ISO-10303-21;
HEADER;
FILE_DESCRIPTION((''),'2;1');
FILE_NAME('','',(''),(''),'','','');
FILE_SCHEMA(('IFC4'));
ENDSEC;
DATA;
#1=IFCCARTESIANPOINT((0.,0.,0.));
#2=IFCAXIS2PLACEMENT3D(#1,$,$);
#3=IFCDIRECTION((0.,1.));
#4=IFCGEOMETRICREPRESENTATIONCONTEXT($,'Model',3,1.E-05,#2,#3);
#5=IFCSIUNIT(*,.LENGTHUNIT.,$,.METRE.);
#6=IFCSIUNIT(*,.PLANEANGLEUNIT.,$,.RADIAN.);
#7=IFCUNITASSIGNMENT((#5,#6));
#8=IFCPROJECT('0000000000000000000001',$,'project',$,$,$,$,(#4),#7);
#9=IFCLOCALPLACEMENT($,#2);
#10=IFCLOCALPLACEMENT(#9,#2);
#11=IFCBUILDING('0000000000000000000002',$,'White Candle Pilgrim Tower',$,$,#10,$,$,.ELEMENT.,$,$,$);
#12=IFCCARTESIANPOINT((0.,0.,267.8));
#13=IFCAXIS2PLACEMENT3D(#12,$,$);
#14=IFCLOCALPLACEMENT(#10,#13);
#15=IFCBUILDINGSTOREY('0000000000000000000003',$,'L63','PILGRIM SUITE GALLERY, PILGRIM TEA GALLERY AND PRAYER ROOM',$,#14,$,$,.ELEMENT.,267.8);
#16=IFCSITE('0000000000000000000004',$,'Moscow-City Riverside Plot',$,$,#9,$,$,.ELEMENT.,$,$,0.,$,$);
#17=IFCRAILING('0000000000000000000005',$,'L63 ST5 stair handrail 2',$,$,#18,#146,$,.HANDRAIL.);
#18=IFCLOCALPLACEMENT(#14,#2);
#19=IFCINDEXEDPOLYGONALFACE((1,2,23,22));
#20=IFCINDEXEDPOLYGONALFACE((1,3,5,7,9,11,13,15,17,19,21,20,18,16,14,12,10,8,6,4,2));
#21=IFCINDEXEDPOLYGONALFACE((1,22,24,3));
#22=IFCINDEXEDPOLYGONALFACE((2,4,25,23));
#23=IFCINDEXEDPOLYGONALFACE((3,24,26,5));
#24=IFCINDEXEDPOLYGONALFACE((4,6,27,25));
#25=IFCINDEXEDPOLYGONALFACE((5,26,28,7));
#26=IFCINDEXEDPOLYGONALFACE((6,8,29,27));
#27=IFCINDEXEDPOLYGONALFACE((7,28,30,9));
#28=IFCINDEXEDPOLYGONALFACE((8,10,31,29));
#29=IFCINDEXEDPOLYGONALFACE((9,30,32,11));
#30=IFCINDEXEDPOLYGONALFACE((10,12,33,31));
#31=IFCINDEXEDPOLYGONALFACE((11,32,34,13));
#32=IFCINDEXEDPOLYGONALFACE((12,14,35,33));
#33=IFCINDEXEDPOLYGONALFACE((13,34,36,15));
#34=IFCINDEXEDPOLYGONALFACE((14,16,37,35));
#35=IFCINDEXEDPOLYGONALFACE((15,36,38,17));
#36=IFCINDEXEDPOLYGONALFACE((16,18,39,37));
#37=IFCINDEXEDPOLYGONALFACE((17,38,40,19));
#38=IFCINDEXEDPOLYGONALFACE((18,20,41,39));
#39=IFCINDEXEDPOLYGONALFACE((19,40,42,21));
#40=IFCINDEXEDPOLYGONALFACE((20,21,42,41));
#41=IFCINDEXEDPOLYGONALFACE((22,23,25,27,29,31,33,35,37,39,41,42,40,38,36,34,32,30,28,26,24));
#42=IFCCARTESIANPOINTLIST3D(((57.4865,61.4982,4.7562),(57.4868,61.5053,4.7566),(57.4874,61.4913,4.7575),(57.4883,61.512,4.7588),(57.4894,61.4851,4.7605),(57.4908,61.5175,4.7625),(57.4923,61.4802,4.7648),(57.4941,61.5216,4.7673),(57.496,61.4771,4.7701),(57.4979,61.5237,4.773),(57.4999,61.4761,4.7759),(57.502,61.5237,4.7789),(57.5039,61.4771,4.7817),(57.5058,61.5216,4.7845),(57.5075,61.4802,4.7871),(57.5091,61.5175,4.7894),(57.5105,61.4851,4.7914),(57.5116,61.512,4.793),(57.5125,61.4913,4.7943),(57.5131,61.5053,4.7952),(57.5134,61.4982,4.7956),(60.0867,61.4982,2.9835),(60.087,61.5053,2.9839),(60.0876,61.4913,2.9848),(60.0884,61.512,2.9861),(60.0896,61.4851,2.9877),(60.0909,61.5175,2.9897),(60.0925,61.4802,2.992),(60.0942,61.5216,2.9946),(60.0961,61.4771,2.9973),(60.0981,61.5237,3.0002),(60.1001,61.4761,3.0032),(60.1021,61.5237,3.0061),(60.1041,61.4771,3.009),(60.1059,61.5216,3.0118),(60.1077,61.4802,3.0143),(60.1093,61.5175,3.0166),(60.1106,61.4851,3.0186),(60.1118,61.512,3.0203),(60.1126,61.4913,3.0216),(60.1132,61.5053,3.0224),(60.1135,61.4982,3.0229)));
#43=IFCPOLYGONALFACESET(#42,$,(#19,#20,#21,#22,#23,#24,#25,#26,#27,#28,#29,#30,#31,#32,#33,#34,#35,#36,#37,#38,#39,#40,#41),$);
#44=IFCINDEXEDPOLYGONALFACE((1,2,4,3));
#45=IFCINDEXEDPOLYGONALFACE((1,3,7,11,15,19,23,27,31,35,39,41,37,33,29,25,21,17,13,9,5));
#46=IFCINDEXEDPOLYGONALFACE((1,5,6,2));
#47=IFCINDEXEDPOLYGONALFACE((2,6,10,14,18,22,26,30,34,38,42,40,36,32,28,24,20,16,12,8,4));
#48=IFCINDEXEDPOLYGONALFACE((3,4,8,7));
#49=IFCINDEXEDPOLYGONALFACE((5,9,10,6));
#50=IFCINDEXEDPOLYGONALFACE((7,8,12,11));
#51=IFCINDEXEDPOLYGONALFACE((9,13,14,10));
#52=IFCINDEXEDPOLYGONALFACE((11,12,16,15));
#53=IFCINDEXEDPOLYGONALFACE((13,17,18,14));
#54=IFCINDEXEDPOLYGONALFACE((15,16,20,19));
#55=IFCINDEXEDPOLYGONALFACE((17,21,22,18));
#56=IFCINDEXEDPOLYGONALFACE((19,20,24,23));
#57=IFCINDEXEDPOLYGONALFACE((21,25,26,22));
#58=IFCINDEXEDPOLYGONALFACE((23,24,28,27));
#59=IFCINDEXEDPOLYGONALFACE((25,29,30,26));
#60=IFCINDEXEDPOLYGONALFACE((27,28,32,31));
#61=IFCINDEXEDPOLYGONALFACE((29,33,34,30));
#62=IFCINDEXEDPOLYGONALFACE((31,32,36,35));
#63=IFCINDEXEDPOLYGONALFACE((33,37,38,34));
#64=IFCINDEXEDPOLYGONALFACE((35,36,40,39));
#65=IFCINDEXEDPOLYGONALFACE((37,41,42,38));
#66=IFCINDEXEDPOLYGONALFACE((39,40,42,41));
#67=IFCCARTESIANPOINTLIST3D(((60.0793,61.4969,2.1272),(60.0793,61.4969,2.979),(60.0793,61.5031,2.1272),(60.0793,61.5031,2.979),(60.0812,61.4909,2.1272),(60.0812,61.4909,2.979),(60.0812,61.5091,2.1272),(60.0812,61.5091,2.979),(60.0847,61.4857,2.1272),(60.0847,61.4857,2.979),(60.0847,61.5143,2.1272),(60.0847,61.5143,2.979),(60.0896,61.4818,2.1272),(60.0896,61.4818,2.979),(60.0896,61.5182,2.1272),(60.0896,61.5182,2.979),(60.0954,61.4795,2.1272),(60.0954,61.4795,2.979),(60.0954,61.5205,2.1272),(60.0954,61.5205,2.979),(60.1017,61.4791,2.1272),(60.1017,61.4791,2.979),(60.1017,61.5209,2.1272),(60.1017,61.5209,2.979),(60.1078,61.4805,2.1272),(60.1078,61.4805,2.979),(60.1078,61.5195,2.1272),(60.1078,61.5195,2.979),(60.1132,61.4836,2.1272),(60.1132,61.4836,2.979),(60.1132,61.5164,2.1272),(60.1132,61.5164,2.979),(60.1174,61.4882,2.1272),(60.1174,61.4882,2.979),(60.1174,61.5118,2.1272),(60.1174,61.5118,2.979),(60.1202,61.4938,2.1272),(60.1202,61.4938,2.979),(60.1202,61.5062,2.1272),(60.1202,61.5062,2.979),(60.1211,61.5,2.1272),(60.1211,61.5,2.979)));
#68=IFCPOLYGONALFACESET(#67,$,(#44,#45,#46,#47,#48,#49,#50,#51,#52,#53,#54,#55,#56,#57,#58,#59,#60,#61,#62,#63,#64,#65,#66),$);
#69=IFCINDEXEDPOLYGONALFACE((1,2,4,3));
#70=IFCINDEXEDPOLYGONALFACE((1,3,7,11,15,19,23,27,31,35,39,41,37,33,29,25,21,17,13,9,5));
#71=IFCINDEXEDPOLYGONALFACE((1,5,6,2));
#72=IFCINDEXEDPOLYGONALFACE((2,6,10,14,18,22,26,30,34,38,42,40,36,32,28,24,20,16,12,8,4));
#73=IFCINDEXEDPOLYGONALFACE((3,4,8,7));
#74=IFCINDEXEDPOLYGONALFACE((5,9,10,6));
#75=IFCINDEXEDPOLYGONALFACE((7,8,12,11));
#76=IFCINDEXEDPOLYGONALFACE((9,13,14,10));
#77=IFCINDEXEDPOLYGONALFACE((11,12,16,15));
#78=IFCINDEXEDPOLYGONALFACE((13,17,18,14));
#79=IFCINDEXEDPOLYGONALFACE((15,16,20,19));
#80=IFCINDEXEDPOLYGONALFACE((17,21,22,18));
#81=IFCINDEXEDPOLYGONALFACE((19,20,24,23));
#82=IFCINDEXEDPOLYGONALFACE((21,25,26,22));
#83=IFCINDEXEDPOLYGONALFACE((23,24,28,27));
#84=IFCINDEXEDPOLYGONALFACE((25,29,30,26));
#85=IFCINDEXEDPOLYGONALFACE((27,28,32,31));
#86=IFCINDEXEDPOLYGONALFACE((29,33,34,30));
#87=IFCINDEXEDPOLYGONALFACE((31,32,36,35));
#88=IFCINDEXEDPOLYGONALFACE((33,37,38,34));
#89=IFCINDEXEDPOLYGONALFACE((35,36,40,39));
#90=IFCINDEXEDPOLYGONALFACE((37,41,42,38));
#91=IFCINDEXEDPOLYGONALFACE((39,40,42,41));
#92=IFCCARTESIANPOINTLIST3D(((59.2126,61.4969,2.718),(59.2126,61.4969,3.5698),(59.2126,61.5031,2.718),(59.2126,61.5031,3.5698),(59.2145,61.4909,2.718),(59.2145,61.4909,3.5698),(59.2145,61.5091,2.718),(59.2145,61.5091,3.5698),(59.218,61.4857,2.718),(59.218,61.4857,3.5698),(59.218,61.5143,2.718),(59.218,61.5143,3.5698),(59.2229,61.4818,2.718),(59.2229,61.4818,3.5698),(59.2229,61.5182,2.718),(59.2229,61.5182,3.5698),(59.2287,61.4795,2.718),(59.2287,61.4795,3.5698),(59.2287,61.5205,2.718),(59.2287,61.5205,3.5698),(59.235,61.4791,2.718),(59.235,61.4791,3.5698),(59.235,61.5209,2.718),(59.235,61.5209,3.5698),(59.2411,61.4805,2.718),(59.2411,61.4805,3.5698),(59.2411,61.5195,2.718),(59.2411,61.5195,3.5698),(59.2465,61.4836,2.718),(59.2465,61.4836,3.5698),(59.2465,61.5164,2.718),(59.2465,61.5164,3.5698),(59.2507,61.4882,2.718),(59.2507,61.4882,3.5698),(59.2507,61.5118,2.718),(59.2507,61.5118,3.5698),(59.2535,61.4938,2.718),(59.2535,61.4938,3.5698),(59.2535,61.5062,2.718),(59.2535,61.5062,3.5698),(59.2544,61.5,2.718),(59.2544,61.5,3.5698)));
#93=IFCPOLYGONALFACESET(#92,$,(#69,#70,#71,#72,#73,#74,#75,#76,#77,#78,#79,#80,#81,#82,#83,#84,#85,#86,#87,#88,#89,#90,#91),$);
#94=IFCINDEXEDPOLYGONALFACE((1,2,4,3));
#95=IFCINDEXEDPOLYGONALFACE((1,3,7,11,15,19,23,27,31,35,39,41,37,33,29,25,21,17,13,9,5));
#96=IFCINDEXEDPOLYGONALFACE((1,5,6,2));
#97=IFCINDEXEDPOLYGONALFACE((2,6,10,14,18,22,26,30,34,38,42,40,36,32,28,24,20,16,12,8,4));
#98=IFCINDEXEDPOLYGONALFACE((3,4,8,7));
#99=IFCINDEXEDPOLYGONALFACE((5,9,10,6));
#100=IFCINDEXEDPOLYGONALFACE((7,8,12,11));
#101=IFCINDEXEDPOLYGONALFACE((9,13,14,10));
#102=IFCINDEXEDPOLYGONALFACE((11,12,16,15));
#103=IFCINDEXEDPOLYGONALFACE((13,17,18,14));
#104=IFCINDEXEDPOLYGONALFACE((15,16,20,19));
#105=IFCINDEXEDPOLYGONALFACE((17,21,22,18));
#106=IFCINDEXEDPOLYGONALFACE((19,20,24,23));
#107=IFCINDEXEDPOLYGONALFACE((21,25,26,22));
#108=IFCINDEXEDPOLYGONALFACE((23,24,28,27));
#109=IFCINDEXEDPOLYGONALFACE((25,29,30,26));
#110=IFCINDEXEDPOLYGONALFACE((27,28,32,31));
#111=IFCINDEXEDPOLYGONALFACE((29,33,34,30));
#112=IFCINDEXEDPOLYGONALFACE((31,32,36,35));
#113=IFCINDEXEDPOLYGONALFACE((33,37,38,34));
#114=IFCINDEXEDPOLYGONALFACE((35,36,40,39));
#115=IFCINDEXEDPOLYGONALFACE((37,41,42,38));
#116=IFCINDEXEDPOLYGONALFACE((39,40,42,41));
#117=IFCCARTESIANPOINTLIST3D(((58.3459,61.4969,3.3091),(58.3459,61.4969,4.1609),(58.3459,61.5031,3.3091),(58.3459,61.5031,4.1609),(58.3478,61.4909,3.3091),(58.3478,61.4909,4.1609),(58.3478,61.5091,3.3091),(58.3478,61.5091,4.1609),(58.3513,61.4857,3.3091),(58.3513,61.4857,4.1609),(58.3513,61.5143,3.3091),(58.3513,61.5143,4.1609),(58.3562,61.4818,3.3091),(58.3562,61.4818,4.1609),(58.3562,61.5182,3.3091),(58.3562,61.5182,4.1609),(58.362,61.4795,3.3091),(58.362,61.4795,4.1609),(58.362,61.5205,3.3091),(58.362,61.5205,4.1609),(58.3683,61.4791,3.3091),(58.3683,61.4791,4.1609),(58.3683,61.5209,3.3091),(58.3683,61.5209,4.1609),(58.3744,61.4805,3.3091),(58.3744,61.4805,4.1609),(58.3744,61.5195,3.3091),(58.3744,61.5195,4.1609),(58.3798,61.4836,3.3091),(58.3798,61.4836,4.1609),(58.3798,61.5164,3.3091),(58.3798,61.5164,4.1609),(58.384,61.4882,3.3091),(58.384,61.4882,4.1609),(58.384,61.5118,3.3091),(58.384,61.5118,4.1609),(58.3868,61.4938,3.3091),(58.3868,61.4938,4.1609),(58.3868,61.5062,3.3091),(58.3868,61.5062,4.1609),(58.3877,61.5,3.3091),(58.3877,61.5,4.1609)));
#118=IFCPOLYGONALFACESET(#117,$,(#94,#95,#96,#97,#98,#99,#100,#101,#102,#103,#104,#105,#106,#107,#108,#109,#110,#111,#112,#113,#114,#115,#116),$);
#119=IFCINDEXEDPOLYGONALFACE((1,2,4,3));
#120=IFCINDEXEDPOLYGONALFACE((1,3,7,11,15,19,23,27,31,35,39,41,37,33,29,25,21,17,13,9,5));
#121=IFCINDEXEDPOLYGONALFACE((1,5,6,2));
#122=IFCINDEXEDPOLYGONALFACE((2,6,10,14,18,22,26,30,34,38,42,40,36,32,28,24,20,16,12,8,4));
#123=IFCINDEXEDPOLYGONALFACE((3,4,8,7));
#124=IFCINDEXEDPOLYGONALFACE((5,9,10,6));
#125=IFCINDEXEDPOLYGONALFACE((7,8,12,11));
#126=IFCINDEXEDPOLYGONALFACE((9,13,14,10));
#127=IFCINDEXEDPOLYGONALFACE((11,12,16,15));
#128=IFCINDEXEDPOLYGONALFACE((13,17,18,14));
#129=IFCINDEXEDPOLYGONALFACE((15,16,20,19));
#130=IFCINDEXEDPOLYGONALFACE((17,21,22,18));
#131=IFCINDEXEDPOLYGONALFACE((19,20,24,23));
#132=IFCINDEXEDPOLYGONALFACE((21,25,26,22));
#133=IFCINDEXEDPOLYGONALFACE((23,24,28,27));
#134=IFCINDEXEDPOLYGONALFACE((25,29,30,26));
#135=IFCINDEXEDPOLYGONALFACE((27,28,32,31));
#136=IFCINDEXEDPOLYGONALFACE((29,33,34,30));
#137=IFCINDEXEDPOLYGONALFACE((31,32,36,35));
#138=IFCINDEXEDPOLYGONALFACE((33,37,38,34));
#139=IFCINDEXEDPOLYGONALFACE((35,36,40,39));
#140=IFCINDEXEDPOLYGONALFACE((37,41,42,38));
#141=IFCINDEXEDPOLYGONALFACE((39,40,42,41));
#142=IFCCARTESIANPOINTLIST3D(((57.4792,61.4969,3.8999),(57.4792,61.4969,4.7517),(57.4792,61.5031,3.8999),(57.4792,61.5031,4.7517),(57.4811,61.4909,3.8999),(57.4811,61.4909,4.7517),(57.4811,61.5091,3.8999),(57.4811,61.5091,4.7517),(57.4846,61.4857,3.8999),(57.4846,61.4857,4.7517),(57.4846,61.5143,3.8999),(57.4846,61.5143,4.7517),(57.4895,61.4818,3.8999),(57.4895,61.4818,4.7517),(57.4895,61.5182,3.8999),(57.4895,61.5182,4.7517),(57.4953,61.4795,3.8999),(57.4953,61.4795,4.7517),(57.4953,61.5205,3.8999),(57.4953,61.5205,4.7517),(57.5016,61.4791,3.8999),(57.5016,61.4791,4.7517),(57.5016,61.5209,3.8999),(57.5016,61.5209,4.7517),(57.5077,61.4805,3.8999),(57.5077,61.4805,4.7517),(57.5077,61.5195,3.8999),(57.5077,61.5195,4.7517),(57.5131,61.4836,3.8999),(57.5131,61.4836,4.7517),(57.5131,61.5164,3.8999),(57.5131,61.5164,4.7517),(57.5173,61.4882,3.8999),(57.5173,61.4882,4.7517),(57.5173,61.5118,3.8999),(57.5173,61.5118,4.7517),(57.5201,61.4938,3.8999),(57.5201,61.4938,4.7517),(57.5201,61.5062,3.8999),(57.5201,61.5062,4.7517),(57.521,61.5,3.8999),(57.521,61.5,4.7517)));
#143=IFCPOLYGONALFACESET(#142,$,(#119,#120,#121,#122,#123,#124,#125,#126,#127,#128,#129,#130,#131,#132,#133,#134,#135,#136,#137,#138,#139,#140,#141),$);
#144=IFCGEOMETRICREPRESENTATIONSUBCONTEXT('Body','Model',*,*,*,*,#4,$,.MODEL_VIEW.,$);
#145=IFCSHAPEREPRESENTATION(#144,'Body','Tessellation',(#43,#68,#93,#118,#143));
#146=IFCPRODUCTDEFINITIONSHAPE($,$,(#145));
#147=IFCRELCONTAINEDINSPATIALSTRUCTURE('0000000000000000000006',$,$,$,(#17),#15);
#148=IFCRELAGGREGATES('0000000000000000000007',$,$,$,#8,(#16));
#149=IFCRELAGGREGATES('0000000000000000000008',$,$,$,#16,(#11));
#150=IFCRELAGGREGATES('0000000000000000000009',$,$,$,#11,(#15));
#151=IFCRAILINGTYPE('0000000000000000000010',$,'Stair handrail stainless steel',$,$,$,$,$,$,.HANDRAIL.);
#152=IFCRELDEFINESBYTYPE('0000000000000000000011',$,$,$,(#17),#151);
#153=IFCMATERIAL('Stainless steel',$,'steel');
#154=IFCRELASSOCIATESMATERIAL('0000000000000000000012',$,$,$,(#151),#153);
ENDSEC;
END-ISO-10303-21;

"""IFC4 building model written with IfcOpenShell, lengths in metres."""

from ifc_helpers import new_model, si_unit, direction, frame, origin, origin_2d, place, context, subcontext, project, spatial, circle, extrude, material, type_object, element, save


model = new_model("IFC4")

# Units and contexts
model_context = context("Model", 3, precision=1e-05, world=origin(), true_north=direction((0.0, 1.0)))
body_context = subcontext(model_context, "Body", "Model", "MODEL_VIEW")
ifc_project = project(units=[si_unit("LENGTHUNIT", "METRE"), si_unit("PLANEANGLEUNIT", "RADIAN")], contexts=[model_context])

# Site, building, storey
site_placement = place(None, origin())
site = spatial("IfcSite", under=ifc_project, at=site_placement, Name="Moscow-City Riverside Plot", CompositionType="ELEMENT", RefElevation=0.0)
building_placement = place(site_placement, origin())
building = spatial("IfcBuilding", under=site, at=building_placement, Name="White Candle Pilgrim Tower", CompositionType="ELEMENT")
storey_placement = place(building_placement, frame((0.0, 0.0, 267.8)))
storey = spatial("IfcBuildingStorey", under=building, at=storey_placement, Name="L63", Description="PILGRIM SUITE GALLERY, PILGRIM TEA GALLERY AND PRAYER ROOM", CompositionType="ELEMENT", Elevation=267.8)

# Railing
ifc_material_1 = material(Name="Stainless steel", Category="steel")
railing_type_1 = type_object("IfcRailingType", Name="Stair handrail stainless steel", PredefinedType="HANDRAIL", material=ifc_material_1)
railing_1_placement = place(storey_placement, frame((60.1001, 61.5, 2.1272)))
element("IfcRailing", 1, at=railing_1_placement, inside=storey, type_object=railing_type_1, Name="L63 ST5 stair handrail 2", PredefinedType="HANDRAIL", context=body_context, shape_type="SweptSolid", body=[
    extrude(circle(Radius=0.0239, at=origin_2d()), frame((0.0, 0.0, 0.876), z_axis=(-0.82624, 0.0, 0.563318), x_axis=(0.0, -1.0, 0.0)), (0.0, 0.0, 1.0), 3.147),
    extrude(circle(Radius=0.021, at=origin_2d()), origin(), (0.0, 0.0, 1.0), 0.8518),
    extrude(circle(Radius=0.021, at=origin_2d()), frame((-0.8667, 0.0, 0.5908)), (0.0, 0.0, 1.0), 0.8518),
    extrude(circle(Radius=0.021, at=origin_2d()), frame((-1.7334, 0.0, 1.1819)), (0.0, 0.0, 1.0), 0.8518),
    extrude(circle(Radius=0.021, at=origin_2d()), frame((-2.6001, 0.0, 1.7727)), (0.0, 0.0, 1.0), 0.8518),
])

save(model, "model.ifc")
